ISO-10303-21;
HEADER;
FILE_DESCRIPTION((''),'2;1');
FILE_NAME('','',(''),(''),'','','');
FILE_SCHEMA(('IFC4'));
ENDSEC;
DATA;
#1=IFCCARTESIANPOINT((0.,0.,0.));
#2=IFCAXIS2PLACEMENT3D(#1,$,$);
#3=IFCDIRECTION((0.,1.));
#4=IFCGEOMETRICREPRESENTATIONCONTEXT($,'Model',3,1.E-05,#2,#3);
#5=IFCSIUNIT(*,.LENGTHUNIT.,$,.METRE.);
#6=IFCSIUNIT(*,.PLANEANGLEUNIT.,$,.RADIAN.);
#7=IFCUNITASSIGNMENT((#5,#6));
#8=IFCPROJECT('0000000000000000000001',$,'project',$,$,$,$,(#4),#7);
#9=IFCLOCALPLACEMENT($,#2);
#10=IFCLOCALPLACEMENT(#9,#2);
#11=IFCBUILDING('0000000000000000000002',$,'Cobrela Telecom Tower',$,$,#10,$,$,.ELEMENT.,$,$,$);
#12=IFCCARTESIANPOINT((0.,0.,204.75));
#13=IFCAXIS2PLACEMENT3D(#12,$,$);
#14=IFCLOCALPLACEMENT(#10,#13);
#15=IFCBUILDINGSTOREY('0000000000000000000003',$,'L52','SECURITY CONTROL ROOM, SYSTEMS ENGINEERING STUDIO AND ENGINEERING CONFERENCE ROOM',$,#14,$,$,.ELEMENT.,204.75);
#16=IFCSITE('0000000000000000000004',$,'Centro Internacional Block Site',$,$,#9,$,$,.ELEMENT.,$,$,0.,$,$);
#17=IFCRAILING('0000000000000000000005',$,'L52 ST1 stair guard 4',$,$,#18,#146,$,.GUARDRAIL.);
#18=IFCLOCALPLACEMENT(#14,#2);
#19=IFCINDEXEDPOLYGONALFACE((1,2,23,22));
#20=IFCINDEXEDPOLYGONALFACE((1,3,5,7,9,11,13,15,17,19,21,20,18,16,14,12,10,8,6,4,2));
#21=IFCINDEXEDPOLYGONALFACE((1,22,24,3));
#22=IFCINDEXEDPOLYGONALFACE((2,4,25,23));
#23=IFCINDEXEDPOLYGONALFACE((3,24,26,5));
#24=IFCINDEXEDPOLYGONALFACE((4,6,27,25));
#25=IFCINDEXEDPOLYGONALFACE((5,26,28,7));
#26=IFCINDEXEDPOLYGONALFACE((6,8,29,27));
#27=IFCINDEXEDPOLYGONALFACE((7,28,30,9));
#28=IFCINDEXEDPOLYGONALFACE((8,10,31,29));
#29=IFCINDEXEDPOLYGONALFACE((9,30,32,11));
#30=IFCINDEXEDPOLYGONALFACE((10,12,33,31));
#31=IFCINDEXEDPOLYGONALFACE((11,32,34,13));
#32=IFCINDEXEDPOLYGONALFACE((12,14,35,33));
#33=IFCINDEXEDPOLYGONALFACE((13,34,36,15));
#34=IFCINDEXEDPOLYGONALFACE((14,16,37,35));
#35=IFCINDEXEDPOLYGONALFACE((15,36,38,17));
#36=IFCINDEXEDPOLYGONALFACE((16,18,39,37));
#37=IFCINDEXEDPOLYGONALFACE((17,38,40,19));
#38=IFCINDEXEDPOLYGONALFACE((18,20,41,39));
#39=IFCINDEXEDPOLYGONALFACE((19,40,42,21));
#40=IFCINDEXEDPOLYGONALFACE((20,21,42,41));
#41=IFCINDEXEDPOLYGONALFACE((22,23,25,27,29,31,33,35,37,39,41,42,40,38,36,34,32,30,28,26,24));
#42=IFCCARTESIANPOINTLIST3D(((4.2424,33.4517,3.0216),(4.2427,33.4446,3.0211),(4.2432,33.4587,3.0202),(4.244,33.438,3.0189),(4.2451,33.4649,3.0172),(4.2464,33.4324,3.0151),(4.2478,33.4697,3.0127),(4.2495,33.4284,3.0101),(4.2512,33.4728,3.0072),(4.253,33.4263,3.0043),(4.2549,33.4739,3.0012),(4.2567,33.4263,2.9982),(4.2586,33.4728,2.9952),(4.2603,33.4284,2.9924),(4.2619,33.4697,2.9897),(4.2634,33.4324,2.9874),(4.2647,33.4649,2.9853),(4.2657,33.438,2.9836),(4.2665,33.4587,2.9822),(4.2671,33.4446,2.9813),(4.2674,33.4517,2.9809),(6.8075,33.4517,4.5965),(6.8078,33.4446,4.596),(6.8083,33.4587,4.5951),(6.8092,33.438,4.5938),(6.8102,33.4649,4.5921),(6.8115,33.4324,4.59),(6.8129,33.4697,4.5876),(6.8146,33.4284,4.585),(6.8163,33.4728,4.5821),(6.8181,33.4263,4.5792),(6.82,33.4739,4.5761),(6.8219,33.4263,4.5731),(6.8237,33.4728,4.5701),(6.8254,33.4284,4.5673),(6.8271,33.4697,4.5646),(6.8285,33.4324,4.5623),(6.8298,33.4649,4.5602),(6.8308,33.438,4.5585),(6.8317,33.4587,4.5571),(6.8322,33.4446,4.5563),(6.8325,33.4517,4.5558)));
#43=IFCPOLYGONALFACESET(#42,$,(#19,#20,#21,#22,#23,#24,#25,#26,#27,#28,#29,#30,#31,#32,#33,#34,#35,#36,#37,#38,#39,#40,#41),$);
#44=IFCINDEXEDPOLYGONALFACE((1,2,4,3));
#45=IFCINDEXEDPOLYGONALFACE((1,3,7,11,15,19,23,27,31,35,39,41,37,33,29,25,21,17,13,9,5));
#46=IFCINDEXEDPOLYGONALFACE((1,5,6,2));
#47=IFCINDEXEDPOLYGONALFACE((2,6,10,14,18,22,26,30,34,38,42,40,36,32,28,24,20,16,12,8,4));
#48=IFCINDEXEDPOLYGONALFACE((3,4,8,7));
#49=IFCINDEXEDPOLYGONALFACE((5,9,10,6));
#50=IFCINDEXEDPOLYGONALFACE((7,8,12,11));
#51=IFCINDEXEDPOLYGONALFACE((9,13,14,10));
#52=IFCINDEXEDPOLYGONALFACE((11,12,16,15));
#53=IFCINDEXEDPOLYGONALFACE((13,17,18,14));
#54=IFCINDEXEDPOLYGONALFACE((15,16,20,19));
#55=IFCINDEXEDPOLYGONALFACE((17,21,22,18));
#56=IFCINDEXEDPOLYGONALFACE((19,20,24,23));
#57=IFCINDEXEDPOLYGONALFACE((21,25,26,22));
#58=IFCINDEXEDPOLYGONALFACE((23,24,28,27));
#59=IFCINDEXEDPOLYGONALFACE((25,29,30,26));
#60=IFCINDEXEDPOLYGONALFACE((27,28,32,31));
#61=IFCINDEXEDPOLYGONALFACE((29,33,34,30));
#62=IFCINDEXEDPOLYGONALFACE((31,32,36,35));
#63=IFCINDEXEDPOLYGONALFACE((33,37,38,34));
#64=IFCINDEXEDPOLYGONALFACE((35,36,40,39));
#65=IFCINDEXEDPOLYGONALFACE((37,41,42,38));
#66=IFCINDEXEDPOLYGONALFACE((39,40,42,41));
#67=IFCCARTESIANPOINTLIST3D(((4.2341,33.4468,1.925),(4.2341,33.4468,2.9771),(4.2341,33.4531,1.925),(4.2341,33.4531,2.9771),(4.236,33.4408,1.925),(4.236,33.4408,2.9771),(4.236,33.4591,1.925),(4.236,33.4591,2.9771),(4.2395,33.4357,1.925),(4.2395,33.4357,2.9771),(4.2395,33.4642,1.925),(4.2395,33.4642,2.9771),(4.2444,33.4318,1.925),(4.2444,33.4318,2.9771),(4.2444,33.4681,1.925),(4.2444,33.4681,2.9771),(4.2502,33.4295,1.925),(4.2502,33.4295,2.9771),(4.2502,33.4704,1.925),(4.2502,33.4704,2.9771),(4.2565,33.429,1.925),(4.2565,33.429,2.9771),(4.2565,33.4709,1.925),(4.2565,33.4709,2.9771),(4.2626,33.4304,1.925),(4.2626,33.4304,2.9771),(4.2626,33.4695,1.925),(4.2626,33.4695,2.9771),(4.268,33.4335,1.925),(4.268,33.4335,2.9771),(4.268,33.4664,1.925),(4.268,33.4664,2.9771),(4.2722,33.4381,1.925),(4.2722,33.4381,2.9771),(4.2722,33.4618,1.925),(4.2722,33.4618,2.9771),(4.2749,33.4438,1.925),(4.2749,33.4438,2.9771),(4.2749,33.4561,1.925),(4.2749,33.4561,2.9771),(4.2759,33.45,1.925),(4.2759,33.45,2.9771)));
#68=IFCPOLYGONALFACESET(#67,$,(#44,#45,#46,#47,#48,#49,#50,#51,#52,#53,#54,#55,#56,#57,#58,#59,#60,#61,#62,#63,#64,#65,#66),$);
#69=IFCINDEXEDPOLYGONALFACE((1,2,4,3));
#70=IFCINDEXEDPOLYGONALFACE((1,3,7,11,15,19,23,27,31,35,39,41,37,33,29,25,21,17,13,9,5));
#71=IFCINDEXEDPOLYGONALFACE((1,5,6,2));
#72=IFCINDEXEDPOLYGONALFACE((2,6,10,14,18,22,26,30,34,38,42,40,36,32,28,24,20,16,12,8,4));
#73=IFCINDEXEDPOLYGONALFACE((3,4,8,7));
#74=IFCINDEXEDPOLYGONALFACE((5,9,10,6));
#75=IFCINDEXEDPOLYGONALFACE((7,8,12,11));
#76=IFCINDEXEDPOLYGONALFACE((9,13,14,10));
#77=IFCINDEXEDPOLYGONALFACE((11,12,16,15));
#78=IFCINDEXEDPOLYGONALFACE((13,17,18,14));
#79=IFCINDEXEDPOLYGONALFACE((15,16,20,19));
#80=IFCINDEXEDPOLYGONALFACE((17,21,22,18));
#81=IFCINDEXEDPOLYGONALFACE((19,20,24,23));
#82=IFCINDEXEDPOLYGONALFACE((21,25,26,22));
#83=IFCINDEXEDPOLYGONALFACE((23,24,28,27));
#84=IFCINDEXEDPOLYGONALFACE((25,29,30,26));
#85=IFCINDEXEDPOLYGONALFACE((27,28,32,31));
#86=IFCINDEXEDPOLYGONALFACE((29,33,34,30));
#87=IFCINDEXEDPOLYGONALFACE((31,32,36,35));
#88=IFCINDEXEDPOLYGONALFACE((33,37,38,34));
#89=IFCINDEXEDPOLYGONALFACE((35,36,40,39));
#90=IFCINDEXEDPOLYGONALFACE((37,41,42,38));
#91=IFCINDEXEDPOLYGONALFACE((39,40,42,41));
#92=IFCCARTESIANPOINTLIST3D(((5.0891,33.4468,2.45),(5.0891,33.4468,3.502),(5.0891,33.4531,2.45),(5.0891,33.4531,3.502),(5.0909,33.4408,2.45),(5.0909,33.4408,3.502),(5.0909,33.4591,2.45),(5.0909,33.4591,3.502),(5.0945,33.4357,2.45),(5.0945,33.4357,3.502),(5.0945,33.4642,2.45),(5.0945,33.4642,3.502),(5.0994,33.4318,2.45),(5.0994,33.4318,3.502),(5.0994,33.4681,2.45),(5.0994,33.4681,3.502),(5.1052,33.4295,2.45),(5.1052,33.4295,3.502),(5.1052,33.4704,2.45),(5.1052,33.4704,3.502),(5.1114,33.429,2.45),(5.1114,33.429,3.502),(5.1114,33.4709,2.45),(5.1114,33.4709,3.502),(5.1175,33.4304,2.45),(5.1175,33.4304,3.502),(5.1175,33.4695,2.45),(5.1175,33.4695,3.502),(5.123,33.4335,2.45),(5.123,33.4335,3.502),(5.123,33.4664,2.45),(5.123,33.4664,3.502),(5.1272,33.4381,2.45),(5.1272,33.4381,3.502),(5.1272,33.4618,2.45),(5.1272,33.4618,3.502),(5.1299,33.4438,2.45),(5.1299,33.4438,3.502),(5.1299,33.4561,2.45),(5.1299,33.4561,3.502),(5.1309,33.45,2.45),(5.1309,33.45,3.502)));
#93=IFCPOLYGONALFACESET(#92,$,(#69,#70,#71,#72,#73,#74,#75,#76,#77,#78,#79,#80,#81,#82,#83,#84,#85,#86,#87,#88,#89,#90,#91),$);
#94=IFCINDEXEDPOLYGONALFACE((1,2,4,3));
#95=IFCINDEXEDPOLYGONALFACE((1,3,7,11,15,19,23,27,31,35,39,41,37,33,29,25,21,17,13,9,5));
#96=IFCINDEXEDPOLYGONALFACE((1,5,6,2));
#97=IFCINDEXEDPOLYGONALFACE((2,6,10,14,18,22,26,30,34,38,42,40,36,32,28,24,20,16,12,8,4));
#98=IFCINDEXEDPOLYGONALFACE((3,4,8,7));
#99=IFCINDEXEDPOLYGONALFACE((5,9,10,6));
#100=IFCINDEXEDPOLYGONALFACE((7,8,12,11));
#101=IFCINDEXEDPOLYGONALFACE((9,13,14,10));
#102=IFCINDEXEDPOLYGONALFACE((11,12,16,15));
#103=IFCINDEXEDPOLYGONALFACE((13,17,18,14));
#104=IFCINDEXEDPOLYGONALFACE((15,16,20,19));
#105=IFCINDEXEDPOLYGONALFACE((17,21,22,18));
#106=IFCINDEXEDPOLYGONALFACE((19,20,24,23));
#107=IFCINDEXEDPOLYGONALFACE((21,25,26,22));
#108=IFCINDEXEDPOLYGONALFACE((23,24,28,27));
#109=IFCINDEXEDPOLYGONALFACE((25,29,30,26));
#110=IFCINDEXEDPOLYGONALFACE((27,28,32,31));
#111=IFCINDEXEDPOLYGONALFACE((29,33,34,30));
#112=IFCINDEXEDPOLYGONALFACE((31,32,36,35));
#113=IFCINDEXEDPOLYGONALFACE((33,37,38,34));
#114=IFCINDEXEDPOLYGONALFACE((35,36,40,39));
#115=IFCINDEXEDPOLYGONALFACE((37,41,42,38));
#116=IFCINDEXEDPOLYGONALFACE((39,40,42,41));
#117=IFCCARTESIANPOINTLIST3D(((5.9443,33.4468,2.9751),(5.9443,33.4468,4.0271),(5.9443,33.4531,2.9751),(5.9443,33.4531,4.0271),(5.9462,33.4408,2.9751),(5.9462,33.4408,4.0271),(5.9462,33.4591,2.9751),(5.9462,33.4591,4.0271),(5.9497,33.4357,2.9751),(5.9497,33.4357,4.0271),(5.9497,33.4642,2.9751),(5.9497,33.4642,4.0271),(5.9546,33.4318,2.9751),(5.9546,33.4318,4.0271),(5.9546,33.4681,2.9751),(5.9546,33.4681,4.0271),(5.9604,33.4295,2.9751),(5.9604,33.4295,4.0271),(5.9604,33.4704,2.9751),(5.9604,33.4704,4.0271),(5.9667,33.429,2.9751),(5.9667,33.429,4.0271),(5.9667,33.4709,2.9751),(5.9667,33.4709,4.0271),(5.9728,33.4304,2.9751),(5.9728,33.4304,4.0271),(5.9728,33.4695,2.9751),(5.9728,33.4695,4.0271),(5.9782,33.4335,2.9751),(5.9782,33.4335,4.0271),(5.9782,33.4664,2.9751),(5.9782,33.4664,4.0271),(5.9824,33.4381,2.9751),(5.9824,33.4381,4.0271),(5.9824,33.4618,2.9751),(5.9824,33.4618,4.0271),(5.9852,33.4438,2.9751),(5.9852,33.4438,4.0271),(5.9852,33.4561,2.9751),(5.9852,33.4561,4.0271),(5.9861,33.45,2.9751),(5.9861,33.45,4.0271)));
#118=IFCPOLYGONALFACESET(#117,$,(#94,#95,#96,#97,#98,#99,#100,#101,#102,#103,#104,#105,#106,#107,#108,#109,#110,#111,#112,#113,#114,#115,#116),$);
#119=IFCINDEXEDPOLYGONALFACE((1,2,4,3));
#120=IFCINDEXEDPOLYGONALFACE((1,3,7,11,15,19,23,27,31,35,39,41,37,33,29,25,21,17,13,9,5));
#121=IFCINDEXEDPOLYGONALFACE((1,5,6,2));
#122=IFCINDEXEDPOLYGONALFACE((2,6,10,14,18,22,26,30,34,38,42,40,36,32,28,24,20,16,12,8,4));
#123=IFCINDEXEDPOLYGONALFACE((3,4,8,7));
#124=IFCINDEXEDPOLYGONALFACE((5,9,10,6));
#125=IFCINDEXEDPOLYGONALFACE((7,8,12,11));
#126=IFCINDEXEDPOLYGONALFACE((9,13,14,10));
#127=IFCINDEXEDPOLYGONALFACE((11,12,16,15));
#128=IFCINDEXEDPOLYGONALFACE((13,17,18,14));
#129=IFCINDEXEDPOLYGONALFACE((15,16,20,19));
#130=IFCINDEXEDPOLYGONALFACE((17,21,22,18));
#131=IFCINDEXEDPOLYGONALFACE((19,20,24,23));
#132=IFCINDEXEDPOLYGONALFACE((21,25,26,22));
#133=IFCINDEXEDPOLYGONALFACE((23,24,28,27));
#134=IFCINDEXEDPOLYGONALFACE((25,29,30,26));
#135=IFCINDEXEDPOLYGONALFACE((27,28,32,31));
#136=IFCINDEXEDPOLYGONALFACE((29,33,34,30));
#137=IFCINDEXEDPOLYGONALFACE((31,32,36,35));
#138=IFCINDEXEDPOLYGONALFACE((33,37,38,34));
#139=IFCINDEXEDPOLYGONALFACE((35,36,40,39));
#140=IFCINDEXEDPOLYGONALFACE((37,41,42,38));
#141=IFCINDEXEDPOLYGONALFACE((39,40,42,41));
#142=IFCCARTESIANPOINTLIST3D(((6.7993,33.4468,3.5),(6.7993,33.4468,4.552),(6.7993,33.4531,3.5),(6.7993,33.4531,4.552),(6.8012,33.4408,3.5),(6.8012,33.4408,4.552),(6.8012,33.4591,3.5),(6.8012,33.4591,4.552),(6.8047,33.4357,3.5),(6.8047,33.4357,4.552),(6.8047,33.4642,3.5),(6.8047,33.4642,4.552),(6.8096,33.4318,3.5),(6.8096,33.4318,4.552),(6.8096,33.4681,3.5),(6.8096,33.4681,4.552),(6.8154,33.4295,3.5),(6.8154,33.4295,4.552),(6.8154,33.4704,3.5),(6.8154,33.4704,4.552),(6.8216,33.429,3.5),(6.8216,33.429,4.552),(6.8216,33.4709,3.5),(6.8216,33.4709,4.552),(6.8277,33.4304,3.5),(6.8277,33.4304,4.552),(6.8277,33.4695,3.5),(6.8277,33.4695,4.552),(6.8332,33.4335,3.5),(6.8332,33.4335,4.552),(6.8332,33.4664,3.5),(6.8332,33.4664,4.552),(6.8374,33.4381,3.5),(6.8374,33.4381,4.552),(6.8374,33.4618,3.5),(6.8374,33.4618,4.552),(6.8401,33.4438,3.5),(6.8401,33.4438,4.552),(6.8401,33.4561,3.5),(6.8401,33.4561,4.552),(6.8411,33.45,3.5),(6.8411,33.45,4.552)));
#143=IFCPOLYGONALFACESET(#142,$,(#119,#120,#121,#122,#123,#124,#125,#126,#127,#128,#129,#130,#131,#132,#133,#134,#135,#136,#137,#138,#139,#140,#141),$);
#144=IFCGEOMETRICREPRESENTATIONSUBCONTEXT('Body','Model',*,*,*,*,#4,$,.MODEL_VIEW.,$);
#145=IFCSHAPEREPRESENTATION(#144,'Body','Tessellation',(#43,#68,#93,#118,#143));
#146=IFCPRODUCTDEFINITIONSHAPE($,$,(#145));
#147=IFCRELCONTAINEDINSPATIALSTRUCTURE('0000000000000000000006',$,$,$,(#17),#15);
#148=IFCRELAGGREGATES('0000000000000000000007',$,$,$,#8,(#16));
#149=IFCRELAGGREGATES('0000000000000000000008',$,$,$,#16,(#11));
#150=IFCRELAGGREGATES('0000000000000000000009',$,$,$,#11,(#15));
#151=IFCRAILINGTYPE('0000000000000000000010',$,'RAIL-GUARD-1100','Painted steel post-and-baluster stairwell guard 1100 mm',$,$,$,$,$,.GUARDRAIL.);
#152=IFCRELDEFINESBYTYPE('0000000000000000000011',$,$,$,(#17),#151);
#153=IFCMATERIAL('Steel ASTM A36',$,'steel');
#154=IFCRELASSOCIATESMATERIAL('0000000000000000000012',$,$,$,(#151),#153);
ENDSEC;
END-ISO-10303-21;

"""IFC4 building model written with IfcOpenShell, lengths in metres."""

from ifc_helpers import new_model, si_unit, direction, frame, origin, origin_2d, place, context, subcontext, project, spatial, circle, extrude, material, type_object, element, save


model = new_model("IFC4")

# Units and contexts
model_context = context("Model", 3, precision=1e-05, world=origin(), true_north=direction((0.0, 1.0)))
body_context = subcontext(model_context, "Body", "Model", "MODEL_VIEW")
ifc_project = project(units=[si_unit("LENGTHUNIT", "METRE"), si_unit("PLANEANGLEUNIT", "RADIAN")], contexts=[model_context])

# Site, building, storey
site_placement = place(None, origin())
site = spatial("IfcSite", under=ifc_project, at=site_placement, Name="Centro Internacional Block Site", CompositionType="ELEMENT", RefElevation=0.0)
building_placement = place(site_placement, origin())
building = spatial("IfcBuilding", under=site, at=building_placement, Name="Cobrela Telecom Tower", CompositionType="ELEMENT")
storey_placement = place(building_placement, frame((0.0, 0.0, 204.75)))
storey = spatial("IfcBuildingStorey", under=building, at=storey_placement, Name="L52", Description="SECURITY CONTROL ROOM, SYSTEMS ENGINEERING STUDIO AND ENGINEERING CONFERENCE ROOM", CompositionType="ELEMENT", Elevation=204.75)

# Shared definitions
ifc_material_1 = material(Name="Steel ASTM A36", Category="steel")

# Railing
railing_type_1 = type_object("IfcRailingType", Name="RAIL-GUARD-1100", Description="Painted steel post-and-baluster stairwell guard 1100 mm", PredefinedType="GUARDRAIL", material=ifc_material_1)
railing_1_placement = place(storey_placement, frame((4.2549, 33.45, 1.925)))
element("IfcRailing", 1, at=railing_1_placement, inside=storey, type_object=railing_type_1, Name="L52 ST1 stair guard 4", PredefinedType="GUARDRAIL", context=body_context, shape_type="SweptSolid", body=[
    extrude(circle(Radius=0.0239, at=origin_2d()), frame((0.0, 0.0, 1.0762), z_axis=(0.852195, 0.0, 0.523224), x_axis=(0.0, 1.0, 0.0)), (0.0, 0.0, 1.0), 3.01),
    extrude(circle(Radius=0.021, at=origin_2d()), origin(), (0.0, 0.0, 1.0), 1.052),
    extrude(circle(Radius=0.021, at=origin_2d()), frame((0.855, 0.0, 0.5249)), (0.0, 0.0, 1.0), 1.052),
    extrude(circle(Radius=0.021, at=origin_2d()), frame((1.7102, 0.0, 1.05)), (0.0, 0.0, 1.0), 1.052),
    extrude(circle(Radius=0.021, at=origin_2d()), frame((2.5652, 0.0, 1.575)), (0.0, 0.0, 1.0), 1.052),
])

save(model, "model.ifc")
